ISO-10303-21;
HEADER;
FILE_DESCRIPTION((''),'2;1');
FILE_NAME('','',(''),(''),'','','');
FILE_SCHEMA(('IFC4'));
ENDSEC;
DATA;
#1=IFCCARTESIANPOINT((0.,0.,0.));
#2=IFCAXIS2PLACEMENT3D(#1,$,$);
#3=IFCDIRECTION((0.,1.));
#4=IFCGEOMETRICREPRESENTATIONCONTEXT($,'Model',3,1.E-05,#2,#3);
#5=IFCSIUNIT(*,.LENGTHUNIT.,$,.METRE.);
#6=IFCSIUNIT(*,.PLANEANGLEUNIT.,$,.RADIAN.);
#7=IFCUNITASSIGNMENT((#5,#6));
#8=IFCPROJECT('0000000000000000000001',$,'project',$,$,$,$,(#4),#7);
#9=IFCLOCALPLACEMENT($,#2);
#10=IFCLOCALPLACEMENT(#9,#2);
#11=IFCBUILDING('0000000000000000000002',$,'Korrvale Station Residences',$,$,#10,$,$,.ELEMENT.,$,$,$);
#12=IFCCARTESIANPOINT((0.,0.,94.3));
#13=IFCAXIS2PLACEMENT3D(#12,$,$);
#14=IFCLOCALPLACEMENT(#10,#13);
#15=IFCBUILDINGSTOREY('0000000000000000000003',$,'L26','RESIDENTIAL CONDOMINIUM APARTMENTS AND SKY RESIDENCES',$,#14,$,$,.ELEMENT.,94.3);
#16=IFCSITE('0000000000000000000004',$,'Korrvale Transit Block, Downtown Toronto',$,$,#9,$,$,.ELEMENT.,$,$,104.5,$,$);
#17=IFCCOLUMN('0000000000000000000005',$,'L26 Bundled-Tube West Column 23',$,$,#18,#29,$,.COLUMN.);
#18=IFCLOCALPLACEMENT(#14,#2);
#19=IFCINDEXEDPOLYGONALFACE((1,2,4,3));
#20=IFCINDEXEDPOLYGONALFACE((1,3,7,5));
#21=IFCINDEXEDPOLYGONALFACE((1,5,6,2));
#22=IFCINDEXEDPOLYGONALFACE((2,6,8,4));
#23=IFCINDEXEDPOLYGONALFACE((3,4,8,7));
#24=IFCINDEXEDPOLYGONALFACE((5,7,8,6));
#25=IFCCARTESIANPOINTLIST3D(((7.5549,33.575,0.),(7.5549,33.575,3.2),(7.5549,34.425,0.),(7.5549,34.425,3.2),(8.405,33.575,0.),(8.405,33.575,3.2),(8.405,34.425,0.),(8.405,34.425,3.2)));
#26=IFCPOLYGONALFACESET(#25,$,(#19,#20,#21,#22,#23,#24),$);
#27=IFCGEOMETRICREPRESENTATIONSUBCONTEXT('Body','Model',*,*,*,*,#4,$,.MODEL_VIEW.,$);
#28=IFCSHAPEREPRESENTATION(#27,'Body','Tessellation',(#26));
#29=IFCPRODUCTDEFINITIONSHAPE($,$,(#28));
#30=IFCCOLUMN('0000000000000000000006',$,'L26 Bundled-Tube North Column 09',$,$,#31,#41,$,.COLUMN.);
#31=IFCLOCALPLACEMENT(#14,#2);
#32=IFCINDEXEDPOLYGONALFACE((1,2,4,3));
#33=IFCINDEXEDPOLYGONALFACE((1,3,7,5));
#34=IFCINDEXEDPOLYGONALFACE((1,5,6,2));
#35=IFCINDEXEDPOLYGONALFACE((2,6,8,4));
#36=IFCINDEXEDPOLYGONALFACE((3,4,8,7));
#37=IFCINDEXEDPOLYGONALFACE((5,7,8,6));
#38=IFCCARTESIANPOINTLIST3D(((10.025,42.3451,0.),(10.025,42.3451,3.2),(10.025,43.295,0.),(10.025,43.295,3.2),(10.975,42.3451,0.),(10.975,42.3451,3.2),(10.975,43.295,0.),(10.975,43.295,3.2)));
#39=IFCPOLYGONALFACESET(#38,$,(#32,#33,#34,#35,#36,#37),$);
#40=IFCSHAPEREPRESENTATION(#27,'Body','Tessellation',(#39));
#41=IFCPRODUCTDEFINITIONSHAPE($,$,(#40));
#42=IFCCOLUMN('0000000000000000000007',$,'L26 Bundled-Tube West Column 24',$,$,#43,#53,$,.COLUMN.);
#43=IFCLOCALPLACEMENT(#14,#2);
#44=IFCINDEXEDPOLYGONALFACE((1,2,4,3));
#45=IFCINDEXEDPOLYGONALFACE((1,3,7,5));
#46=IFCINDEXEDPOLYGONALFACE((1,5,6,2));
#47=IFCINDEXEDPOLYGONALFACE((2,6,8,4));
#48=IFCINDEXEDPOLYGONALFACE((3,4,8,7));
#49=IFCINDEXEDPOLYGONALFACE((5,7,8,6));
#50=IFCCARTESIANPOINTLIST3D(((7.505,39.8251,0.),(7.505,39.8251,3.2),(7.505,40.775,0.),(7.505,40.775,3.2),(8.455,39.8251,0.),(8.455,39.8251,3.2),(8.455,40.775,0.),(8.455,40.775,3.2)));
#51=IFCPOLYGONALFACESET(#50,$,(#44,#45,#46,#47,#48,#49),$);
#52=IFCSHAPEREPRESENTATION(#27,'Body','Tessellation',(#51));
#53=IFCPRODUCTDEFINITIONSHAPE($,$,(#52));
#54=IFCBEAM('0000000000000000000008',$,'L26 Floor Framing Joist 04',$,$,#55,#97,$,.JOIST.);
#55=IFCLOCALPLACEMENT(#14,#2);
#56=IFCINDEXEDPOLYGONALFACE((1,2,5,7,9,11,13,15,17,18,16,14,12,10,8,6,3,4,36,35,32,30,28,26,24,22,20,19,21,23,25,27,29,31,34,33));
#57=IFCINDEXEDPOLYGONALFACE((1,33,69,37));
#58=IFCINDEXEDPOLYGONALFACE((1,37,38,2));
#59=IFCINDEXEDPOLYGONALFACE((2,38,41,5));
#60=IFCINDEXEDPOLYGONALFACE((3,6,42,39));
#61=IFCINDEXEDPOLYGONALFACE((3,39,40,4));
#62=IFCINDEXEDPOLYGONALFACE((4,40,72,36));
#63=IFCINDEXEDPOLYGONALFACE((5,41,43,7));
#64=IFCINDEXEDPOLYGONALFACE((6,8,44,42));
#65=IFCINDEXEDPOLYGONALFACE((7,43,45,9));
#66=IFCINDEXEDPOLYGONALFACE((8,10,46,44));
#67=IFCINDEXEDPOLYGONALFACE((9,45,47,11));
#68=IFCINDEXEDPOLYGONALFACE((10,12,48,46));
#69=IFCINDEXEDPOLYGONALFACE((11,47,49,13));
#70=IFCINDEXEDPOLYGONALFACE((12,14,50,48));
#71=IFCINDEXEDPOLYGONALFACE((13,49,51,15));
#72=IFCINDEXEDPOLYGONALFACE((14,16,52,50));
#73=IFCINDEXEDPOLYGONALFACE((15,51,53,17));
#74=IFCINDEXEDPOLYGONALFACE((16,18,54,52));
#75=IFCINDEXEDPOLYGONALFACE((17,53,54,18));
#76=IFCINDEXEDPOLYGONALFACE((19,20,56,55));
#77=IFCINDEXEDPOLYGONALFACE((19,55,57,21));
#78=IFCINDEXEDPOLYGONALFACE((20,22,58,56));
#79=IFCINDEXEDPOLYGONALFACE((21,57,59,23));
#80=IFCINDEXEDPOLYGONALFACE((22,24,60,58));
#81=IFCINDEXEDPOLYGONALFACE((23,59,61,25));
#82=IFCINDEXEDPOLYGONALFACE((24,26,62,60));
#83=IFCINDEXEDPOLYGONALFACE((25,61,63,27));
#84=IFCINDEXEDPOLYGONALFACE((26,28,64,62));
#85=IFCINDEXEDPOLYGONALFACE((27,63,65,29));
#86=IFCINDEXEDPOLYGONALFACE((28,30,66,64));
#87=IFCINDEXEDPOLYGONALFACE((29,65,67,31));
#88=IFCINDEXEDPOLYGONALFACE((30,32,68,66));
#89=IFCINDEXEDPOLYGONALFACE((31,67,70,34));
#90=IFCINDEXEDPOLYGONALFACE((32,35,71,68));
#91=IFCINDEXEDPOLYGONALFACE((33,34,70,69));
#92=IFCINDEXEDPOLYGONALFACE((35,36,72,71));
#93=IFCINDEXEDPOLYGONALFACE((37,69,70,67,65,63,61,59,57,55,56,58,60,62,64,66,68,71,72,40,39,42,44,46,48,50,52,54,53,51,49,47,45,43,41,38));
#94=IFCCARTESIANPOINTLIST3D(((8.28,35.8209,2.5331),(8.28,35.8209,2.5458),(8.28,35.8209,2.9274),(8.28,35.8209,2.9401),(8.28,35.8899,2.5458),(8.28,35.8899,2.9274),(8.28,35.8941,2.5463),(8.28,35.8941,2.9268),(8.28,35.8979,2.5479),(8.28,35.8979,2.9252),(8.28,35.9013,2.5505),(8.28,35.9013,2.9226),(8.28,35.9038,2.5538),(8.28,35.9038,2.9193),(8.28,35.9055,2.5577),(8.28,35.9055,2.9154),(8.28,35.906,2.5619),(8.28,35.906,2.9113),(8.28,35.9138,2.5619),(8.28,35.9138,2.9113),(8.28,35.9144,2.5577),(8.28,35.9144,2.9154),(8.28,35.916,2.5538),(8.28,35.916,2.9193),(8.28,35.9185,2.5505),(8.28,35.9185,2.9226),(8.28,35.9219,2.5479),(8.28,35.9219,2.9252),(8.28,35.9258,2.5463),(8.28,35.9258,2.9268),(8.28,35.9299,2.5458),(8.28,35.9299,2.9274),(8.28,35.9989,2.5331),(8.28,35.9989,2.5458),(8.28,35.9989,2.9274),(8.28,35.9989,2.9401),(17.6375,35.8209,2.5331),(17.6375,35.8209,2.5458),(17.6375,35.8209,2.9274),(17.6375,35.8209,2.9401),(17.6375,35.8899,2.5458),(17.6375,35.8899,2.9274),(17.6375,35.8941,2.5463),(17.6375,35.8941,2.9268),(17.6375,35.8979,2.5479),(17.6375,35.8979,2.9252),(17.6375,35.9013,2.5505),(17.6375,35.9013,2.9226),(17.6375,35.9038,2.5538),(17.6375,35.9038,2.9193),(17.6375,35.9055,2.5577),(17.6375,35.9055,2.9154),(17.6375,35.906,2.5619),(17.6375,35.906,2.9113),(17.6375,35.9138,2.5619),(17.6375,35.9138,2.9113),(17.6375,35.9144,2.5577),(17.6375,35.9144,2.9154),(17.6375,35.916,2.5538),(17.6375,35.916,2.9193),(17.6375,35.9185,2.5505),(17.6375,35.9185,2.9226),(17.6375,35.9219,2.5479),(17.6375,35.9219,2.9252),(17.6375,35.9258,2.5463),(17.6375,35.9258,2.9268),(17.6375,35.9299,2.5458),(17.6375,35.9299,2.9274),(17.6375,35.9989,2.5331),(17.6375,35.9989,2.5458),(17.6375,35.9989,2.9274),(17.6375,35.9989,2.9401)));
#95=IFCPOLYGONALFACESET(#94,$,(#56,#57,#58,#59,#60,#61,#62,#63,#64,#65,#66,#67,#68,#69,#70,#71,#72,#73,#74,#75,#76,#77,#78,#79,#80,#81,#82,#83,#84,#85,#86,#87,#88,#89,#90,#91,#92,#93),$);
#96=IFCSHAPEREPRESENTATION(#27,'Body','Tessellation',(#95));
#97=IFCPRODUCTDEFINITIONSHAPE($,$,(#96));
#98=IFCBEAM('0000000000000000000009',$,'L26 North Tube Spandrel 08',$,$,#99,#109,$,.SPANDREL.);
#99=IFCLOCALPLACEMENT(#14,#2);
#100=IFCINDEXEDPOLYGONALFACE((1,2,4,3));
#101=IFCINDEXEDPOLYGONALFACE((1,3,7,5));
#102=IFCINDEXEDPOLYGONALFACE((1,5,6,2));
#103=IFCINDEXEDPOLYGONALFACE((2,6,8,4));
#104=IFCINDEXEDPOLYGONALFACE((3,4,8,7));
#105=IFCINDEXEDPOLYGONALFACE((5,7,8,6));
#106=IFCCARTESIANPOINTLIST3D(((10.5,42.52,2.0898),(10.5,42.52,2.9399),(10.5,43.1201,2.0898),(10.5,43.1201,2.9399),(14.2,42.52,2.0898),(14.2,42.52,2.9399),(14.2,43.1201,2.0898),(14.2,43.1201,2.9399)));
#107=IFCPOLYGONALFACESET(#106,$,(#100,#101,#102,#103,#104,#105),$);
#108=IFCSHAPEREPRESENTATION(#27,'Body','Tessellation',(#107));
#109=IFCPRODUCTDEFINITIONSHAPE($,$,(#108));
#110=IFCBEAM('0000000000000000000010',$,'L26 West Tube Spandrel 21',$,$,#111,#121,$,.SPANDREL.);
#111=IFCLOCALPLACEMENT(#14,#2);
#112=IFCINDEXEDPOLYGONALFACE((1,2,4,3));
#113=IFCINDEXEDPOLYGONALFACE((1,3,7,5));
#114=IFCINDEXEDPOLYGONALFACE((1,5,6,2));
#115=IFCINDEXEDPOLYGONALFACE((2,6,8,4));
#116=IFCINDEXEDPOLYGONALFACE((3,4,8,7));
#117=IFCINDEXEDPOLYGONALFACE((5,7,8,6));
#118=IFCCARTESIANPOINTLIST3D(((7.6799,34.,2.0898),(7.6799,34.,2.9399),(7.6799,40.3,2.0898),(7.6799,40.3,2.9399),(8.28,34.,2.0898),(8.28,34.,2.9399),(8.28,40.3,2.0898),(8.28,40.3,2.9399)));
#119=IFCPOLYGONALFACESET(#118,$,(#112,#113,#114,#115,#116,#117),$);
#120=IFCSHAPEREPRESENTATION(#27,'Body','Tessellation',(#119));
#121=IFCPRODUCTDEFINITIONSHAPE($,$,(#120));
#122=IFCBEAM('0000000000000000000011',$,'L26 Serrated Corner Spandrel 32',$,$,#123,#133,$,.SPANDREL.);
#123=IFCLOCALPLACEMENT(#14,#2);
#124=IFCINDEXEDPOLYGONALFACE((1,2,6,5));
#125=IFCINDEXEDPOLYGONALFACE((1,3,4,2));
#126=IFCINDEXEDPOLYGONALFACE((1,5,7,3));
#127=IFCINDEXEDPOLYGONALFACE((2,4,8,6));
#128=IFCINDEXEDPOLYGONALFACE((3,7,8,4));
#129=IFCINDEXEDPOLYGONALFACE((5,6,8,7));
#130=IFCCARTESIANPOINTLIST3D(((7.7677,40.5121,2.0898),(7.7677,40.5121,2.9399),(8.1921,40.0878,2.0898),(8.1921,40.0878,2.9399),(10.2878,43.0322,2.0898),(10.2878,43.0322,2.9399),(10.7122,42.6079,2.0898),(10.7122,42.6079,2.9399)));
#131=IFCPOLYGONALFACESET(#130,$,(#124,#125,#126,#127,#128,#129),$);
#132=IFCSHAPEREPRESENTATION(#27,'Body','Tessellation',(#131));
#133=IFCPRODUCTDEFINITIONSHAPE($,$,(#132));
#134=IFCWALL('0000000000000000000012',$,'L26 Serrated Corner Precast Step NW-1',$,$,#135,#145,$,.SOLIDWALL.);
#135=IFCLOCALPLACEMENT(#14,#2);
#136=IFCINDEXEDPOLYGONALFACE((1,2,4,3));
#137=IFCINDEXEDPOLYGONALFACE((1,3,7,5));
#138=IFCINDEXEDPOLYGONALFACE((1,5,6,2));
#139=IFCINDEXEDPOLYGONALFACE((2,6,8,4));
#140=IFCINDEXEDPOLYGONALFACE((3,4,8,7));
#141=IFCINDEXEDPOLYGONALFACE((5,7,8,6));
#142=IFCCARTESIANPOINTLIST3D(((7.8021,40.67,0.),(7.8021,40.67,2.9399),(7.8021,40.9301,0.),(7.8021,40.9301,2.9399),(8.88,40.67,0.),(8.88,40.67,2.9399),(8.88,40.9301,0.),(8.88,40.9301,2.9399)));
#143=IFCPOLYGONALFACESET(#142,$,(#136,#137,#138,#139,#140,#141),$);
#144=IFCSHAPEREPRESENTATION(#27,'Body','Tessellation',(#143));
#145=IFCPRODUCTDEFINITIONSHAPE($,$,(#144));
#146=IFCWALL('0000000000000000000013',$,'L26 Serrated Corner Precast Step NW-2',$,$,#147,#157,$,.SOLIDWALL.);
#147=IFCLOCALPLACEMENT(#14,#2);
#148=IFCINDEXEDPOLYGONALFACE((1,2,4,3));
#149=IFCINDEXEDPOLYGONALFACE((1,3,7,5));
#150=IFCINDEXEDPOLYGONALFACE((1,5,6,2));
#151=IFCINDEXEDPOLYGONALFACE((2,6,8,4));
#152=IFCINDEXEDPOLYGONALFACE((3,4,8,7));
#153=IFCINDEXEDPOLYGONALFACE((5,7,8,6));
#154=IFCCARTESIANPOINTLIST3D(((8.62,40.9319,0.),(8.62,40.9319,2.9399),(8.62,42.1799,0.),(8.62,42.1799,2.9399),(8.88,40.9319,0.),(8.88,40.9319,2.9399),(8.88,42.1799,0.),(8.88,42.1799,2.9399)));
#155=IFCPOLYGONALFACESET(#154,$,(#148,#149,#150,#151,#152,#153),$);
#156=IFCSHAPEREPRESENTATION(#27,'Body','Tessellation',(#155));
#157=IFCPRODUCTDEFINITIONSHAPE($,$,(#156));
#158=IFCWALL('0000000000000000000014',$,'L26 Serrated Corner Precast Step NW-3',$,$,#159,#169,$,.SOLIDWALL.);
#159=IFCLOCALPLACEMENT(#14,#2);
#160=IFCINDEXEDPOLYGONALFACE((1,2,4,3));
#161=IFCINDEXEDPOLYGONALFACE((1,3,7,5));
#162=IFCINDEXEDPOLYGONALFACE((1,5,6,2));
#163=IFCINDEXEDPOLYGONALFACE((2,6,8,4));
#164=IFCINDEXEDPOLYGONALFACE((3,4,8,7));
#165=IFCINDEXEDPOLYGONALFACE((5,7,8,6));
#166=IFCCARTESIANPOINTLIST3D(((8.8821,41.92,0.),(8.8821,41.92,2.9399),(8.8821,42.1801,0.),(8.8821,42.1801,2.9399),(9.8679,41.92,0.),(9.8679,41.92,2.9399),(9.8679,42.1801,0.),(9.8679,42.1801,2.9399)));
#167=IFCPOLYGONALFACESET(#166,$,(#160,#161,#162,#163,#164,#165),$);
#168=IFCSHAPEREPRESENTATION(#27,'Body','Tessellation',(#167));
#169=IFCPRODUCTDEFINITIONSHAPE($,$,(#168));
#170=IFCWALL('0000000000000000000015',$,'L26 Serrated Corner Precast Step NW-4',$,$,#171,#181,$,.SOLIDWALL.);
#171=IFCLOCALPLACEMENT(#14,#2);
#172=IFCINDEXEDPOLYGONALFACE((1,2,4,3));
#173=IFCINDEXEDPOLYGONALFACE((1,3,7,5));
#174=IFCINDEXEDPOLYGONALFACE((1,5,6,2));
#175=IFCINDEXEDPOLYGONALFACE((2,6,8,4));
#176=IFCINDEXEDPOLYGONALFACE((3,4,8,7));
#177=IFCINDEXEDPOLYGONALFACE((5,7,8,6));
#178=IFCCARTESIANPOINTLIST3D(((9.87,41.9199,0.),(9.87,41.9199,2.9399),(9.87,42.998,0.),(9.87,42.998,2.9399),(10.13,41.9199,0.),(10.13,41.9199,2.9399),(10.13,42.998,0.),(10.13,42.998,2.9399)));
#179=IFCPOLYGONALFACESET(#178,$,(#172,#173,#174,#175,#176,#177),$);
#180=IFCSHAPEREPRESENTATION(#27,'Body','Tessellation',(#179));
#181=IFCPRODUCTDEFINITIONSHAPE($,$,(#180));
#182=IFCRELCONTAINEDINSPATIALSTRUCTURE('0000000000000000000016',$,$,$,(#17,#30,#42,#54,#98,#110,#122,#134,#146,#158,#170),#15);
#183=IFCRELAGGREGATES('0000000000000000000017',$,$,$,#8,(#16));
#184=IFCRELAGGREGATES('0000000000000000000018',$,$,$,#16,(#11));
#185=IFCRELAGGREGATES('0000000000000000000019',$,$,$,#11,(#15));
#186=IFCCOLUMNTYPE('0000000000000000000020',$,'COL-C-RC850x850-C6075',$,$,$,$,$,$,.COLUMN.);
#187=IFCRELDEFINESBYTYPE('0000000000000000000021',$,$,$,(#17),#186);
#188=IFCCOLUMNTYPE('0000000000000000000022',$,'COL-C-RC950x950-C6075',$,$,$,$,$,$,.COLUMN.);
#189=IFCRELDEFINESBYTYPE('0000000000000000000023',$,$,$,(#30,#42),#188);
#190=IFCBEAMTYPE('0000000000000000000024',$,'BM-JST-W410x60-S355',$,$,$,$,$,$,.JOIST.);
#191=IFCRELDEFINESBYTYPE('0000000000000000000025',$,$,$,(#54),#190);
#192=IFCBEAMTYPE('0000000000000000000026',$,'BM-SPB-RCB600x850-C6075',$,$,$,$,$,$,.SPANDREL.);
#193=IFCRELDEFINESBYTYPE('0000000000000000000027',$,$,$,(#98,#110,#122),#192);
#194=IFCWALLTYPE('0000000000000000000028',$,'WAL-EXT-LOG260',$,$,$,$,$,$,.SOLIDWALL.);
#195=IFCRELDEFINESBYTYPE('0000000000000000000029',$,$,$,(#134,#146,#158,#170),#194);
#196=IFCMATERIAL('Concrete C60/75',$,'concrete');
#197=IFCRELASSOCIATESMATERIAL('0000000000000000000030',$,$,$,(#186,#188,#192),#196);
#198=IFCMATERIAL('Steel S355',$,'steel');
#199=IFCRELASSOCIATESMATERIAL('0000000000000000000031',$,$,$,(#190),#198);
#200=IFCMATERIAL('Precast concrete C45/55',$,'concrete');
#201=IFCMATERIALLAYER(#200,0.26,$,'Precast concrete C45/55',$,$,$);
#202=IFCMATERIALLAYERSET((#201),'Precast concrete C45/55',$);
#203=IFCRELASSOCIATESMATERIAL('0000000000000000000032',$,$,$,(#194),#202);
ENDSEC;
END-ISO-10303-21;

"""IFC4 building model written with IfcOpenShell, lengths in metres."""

from ifc_helpers import new_model, si_unit, direction, frame, frame_2d, origin, origin_2d, place, context, subcontext, project, spatial, rectangle, i_section, extrude, material, layer, layer_set, material_profile, profile_set, type_object, element, save


model = new_model("IFC4")

# Units and contexts
model_context = context("Model", 3, precision=1e-05, world=origin(), true_north=direction((0.0, 1.0)))
body_context = subcontext(model_context, "Body", "Model", "MODEL_VIEW")
ifc_project = project(units=[si_unit("LENGTHUNIT", "METRE"), si_unit("PLANEANGLEUNIT", "RADIAN")], contexts=[model_context])

# Site, building, storey
site_placement = place(None, origin())
site = spatial("IfcSite", under=ifc_project, at=site_placement, Name="Korrvale Transit Block, Downtown Toronto", CompositionType="ELEMENT", RefElevation=104.5)
building_placement = place(site_placement, origin())
building = spatial("IfcBuilding", under=site, at=building_placement, Name="Korrvale Station Residences", CompositionType="ELEMENT")
storey_placement = place(building_placement, frame((0.0, 0.0, 94.3)))
storey = spatial("IfcBuildingStorey", under=building, at=storey_placement, Name="L26", Description="RESIDENTIAL CONDOMINIUM APARTMENTS AND SKY RESIDENCES", CompositionType="ELEMENT", Elevation=94.3)

# Columns
ifc_material_1 = material(Name="Concrete C60/75", Category="concrete")
ifc_material_profile_1 = material_profile(ifc_material_1, rectangle(XDim=0.8501, YDim=0.8501, at=origin_2d()), Name="RC850x850")
ifc_profile_set_1 = profile_set([ifc_material_profile_1], Name="Concrete C60/75")
column_type_1 = type_object("IfcColumnType", Name="COL-C-RC850x850-C6075", PredefinedType="COLUMN", material=ifc_profile_set_1)
column_placement = place(storey_placement, frame((7.98, 34.0, 0.0), z_axis=(0.0, 0.0, 1.0), x_axis=(1.0, 0.0, 0.0)))
element("IfcColumn", 1, at=column_placement, inside=storey, type_object=column_type_1, Name="L26 Bundled-Tube West Column 23", PredefinedType="COLUMN", context=body_context, shape_type="SweptSolid", body=[
    extrude(rectangle(XDim=0.8501, YDim=0.8501, at=origin_2d()), origin(), (0.0, 0.0, 1.0), 3.2),
])
ifc_material_profile_2 = material_profile(ifc_material_1, rectangle(XDim=0.95, YDim=0.95, at=origin_2d()), Name="RC950x950")
ifc_profile_set_2 = profile_set([ifc_material_profile_2], Name="Concrete C60/75")
column_type_2 = type_object("IfcColumnType", Name="COL-C-RC950x950-C6075", PredefinedType="COLUMN", material=ifc_profile_set_2)
for number, where, z_axis, x_axis, name in (
    (2, (10.5, 42.8201, 0.0), (0.0, 0.0, 1.0), (1.0, 0.0, 0.0), "L26 Bundled-Tube North Column 09"),
    (3, (7.98, 40.3, 0.0), (0.0, 0.0, 1.0), (1.0, 0.0, 0.0), "L26 Bundled-Tube West Column 24"),
):
    element("IfcColumn", number, at=place(storey_placement, frame(where, z_axis=z_axis, x_axis=x_axis)), inside=storey, type_object=column_type_2, Name=name, PredefinedType="COLUMN", context=body_context, shape_type="SweptSolid", body=[
        extrude(rectangle(XDim=0.95, YDim=0.95, at=origin_2d()), origin(), (0.0, 0.0, 1.0), 3.2),
    ])

# Beams
ifc_material_2 = material(Name="Steel S355", Category="steel")
ifc_material_profile_3 = material_profile(ifc_material_2, i_section(OverallWidth=0.178, OverallDepth=0.407, WebThickness=0.0078, FlangeThickness=0.0127, FilletRadius=0.0161, at=origin_2d()), Name="W410x60")
ifc_profile_set_3 = profile_set([ifc_material_profile_3], Name="Steel S355")
beam_type_1 = type_object("IfcBeamType", Name="BM-JST-W410x60-S355", PredefinedType="JOIST", material=ifc_profile_set_3)
beam_1_placement = place(storey_placement, frame((8.28, 35.9099, 2.7366), z_axis=(1.0, 0.0, 0.0), x_axis=(0.0, 1.0, 0.0)))
element("IfcBeam", 4, at=beam_1_placement, inside=storey, type_object=beam_type_1, Name="L26 Floor Framing Joist 04", PredefinedType="JOIST", context=body_context, shape_type="SweptSolid", body=[
    extrude(i_section(OverallWidth=0.178, OverallDepth=0.407, WebThickness=0.0078, FlangeThickness=0.0127, FilletRadius=0.0161, at=origin_2d()), origin(), (0.0, 0.0, 1.0), 9.3574),
])
ifc_material_profile_4 = material_profile(ifc_material_1, rectangle(XDim=0.6001, YDim=0.8501, at=origin_2d()), Name="RCB600x850")
ifc_profile_set_4 = profile_set([ifc_material_profile_4], Name="Concrete C60/75")
beam_type_2 = type_object("IfcBeamType", Name="BM-SPB-RCB600x850-C6075", PredefinedType="SPANDREL", material=ifc_profile_set_4)
beam_2_placement = place(storey_placement, frame((10.5, 42.8201, 2.5149), z_axis=(1.0, 0.0, 0.0), x_axis=(0.0, 1.0, 0.0)))
element("IfcBeam", 5, at=beam_2_placement, inside=storey, type_object=beam_type_2, Name="L26 North Tube Spandrel 08", PredefinedType="SPANDREL", context=body_context, shape_type="SweptSolid", body=[
    extrude(rectangle(XDim=0.6001, YDim=0.8501, at=origin_2d()), origin(), (0.0, 0.0, 1.0), 3.7),
])
beam_3_placement = place(storey_placement, frame((7.98, 34.0, 2.5149), z_axis=(0.0, 1.0, 0.0), x_axis=(-1.0, 0.0, 0.0)))
element("IfcBeam", 6, at=beam_3_placement, inside=storey, type_object=beam_type_2, Name="L26 West Tube Spandrel 21", PredefinedType="SPANDREL", context=body_context, shape_type="SweptSolid", body=[
    extrude(rectangle(XDim=0.6001, YDim=0.8501, at=origin_2d()), origin(), (0.0, 0.0, 1.0), 6.3),
])
beam_4_placement = place(storey_placement, frame((10.5, 42.8201, 2.5149), z_axis=(-0.707107, -0.707107, 0.0), x_axis=(0.707107, -0.707107, 0.0)))
element("IfcBeam", 7, at=beam_4_placement, inside=storey, type_object=beam_type_2, Name="L26 Serrated Corner Spandrel 32", PredefinedType="SPANDREL", context=body_context, shape_type="SweptSolid", body=[
    extrude(rectangle(XDim=0.6001, YDim=0.8501, at=origin_2d()), origin(), (0.0, 0.0, 1.0), 3.564),
])

# Walls
ifc_material_3 = material(Name="Precast concrete C45/55", Category="concrete")
ifc_layer_1 = layer(ifc_material_3, 0.26, Name="Precast concrete C45/55")
ifc_layer_set_1 = layer_set([ifc_layer_1], Name="Precast concrete C45/55")
wall_type_1 = type_object("IfcWallType", Name="WAL-EXT-LOG260", PredefinedType="SOLIDWALL", material=ifc_layer_set_1)
wall_1_placement = place(storey_placement, frame((7.802, 40.8, 0.0), z_axis=(0.0, 0.0, 1.0), x_axis=(1.0, 0.0, 0.0)))
element("IfcWall", 8, at=wall_1_placement, inside=storey, type_object=wall_type_1, Name="L26 Serrated Corner Precast Step NW-1", PredefinedType="SOLIDWALL", context=body_context, shape_type="SweptSolid", body=[
    extrude(rectangle(XDim=1.0779, YDim=0.26, at=frame_2d((0.5391, 0.0))), origin(), (0.0, 0.0, 1.0), 2.9399),
])
wall_2_placement = place(storey_placement, frame((8.75, 40.9319, 0.0), z_axis=(0.0, 0.0, 1.0), x_axis=(0.0, 1.0, 0.0)))
element("IfcWall", 9, at=wall_2_placement, inside=storey, type_object=wall_type_1, Name="L26 Serrated Corner Precast Step NW-2", PredefinedType="SOLIDWALL", context=body_context, shape_type="SweptSolid", body=[
    extrude(rectangle(XDim=1.248, YDim=0.26, at=frame_2d((0.624, 0.0))), origin(), (0.0, 0.0, 1.0), 2.9399),
])
wall_3_placement = place(storey_placement, frame((8.8821, 42.05, 0.0), z_axis=(0.0, 0.0, 1.0), x_axis=(1.0, 0.0, 0.0)))
element("IfcWall", 10, at=wall_3_placement, inside=storey, type_object=wall_type_1, Name="L26 Serrated Corner Precast Step NW-3", PredefinedType="SOLIDWALL", context=body_context, shape_type="SweptSolid", body=[
    extrude(rectangle(XDim=0.9858, YDim=0.26, at=frame_2d((0.4929, 0.0))), origin(), (0.0, 0.0, 1.0), 2.9399),
])
wall_4_placement = place(storey_placement, frame((10.0, 41.9199, 0.0), z_axis=(0.0, 0.0, 1.0), x_axis=(0.0, 1.0, 0.0)))
element("IfcWall", 11, at=wall_4_placement, inside=storey, type_object=wall_type_1, Name="L26 Serrated Corner Precast Step NW-4", PredefinedType="SOLIDWALL", context=body_context, shape_type="SweptSolid", body=[
    extrude(rectangle(XDim=1.0781, YDim=0.26, at=frame_2d((0.5391, 0.0))), origin(), (0.0, 0.0, 1.0), 2.9399),
])

save(model, "model.ifc")
